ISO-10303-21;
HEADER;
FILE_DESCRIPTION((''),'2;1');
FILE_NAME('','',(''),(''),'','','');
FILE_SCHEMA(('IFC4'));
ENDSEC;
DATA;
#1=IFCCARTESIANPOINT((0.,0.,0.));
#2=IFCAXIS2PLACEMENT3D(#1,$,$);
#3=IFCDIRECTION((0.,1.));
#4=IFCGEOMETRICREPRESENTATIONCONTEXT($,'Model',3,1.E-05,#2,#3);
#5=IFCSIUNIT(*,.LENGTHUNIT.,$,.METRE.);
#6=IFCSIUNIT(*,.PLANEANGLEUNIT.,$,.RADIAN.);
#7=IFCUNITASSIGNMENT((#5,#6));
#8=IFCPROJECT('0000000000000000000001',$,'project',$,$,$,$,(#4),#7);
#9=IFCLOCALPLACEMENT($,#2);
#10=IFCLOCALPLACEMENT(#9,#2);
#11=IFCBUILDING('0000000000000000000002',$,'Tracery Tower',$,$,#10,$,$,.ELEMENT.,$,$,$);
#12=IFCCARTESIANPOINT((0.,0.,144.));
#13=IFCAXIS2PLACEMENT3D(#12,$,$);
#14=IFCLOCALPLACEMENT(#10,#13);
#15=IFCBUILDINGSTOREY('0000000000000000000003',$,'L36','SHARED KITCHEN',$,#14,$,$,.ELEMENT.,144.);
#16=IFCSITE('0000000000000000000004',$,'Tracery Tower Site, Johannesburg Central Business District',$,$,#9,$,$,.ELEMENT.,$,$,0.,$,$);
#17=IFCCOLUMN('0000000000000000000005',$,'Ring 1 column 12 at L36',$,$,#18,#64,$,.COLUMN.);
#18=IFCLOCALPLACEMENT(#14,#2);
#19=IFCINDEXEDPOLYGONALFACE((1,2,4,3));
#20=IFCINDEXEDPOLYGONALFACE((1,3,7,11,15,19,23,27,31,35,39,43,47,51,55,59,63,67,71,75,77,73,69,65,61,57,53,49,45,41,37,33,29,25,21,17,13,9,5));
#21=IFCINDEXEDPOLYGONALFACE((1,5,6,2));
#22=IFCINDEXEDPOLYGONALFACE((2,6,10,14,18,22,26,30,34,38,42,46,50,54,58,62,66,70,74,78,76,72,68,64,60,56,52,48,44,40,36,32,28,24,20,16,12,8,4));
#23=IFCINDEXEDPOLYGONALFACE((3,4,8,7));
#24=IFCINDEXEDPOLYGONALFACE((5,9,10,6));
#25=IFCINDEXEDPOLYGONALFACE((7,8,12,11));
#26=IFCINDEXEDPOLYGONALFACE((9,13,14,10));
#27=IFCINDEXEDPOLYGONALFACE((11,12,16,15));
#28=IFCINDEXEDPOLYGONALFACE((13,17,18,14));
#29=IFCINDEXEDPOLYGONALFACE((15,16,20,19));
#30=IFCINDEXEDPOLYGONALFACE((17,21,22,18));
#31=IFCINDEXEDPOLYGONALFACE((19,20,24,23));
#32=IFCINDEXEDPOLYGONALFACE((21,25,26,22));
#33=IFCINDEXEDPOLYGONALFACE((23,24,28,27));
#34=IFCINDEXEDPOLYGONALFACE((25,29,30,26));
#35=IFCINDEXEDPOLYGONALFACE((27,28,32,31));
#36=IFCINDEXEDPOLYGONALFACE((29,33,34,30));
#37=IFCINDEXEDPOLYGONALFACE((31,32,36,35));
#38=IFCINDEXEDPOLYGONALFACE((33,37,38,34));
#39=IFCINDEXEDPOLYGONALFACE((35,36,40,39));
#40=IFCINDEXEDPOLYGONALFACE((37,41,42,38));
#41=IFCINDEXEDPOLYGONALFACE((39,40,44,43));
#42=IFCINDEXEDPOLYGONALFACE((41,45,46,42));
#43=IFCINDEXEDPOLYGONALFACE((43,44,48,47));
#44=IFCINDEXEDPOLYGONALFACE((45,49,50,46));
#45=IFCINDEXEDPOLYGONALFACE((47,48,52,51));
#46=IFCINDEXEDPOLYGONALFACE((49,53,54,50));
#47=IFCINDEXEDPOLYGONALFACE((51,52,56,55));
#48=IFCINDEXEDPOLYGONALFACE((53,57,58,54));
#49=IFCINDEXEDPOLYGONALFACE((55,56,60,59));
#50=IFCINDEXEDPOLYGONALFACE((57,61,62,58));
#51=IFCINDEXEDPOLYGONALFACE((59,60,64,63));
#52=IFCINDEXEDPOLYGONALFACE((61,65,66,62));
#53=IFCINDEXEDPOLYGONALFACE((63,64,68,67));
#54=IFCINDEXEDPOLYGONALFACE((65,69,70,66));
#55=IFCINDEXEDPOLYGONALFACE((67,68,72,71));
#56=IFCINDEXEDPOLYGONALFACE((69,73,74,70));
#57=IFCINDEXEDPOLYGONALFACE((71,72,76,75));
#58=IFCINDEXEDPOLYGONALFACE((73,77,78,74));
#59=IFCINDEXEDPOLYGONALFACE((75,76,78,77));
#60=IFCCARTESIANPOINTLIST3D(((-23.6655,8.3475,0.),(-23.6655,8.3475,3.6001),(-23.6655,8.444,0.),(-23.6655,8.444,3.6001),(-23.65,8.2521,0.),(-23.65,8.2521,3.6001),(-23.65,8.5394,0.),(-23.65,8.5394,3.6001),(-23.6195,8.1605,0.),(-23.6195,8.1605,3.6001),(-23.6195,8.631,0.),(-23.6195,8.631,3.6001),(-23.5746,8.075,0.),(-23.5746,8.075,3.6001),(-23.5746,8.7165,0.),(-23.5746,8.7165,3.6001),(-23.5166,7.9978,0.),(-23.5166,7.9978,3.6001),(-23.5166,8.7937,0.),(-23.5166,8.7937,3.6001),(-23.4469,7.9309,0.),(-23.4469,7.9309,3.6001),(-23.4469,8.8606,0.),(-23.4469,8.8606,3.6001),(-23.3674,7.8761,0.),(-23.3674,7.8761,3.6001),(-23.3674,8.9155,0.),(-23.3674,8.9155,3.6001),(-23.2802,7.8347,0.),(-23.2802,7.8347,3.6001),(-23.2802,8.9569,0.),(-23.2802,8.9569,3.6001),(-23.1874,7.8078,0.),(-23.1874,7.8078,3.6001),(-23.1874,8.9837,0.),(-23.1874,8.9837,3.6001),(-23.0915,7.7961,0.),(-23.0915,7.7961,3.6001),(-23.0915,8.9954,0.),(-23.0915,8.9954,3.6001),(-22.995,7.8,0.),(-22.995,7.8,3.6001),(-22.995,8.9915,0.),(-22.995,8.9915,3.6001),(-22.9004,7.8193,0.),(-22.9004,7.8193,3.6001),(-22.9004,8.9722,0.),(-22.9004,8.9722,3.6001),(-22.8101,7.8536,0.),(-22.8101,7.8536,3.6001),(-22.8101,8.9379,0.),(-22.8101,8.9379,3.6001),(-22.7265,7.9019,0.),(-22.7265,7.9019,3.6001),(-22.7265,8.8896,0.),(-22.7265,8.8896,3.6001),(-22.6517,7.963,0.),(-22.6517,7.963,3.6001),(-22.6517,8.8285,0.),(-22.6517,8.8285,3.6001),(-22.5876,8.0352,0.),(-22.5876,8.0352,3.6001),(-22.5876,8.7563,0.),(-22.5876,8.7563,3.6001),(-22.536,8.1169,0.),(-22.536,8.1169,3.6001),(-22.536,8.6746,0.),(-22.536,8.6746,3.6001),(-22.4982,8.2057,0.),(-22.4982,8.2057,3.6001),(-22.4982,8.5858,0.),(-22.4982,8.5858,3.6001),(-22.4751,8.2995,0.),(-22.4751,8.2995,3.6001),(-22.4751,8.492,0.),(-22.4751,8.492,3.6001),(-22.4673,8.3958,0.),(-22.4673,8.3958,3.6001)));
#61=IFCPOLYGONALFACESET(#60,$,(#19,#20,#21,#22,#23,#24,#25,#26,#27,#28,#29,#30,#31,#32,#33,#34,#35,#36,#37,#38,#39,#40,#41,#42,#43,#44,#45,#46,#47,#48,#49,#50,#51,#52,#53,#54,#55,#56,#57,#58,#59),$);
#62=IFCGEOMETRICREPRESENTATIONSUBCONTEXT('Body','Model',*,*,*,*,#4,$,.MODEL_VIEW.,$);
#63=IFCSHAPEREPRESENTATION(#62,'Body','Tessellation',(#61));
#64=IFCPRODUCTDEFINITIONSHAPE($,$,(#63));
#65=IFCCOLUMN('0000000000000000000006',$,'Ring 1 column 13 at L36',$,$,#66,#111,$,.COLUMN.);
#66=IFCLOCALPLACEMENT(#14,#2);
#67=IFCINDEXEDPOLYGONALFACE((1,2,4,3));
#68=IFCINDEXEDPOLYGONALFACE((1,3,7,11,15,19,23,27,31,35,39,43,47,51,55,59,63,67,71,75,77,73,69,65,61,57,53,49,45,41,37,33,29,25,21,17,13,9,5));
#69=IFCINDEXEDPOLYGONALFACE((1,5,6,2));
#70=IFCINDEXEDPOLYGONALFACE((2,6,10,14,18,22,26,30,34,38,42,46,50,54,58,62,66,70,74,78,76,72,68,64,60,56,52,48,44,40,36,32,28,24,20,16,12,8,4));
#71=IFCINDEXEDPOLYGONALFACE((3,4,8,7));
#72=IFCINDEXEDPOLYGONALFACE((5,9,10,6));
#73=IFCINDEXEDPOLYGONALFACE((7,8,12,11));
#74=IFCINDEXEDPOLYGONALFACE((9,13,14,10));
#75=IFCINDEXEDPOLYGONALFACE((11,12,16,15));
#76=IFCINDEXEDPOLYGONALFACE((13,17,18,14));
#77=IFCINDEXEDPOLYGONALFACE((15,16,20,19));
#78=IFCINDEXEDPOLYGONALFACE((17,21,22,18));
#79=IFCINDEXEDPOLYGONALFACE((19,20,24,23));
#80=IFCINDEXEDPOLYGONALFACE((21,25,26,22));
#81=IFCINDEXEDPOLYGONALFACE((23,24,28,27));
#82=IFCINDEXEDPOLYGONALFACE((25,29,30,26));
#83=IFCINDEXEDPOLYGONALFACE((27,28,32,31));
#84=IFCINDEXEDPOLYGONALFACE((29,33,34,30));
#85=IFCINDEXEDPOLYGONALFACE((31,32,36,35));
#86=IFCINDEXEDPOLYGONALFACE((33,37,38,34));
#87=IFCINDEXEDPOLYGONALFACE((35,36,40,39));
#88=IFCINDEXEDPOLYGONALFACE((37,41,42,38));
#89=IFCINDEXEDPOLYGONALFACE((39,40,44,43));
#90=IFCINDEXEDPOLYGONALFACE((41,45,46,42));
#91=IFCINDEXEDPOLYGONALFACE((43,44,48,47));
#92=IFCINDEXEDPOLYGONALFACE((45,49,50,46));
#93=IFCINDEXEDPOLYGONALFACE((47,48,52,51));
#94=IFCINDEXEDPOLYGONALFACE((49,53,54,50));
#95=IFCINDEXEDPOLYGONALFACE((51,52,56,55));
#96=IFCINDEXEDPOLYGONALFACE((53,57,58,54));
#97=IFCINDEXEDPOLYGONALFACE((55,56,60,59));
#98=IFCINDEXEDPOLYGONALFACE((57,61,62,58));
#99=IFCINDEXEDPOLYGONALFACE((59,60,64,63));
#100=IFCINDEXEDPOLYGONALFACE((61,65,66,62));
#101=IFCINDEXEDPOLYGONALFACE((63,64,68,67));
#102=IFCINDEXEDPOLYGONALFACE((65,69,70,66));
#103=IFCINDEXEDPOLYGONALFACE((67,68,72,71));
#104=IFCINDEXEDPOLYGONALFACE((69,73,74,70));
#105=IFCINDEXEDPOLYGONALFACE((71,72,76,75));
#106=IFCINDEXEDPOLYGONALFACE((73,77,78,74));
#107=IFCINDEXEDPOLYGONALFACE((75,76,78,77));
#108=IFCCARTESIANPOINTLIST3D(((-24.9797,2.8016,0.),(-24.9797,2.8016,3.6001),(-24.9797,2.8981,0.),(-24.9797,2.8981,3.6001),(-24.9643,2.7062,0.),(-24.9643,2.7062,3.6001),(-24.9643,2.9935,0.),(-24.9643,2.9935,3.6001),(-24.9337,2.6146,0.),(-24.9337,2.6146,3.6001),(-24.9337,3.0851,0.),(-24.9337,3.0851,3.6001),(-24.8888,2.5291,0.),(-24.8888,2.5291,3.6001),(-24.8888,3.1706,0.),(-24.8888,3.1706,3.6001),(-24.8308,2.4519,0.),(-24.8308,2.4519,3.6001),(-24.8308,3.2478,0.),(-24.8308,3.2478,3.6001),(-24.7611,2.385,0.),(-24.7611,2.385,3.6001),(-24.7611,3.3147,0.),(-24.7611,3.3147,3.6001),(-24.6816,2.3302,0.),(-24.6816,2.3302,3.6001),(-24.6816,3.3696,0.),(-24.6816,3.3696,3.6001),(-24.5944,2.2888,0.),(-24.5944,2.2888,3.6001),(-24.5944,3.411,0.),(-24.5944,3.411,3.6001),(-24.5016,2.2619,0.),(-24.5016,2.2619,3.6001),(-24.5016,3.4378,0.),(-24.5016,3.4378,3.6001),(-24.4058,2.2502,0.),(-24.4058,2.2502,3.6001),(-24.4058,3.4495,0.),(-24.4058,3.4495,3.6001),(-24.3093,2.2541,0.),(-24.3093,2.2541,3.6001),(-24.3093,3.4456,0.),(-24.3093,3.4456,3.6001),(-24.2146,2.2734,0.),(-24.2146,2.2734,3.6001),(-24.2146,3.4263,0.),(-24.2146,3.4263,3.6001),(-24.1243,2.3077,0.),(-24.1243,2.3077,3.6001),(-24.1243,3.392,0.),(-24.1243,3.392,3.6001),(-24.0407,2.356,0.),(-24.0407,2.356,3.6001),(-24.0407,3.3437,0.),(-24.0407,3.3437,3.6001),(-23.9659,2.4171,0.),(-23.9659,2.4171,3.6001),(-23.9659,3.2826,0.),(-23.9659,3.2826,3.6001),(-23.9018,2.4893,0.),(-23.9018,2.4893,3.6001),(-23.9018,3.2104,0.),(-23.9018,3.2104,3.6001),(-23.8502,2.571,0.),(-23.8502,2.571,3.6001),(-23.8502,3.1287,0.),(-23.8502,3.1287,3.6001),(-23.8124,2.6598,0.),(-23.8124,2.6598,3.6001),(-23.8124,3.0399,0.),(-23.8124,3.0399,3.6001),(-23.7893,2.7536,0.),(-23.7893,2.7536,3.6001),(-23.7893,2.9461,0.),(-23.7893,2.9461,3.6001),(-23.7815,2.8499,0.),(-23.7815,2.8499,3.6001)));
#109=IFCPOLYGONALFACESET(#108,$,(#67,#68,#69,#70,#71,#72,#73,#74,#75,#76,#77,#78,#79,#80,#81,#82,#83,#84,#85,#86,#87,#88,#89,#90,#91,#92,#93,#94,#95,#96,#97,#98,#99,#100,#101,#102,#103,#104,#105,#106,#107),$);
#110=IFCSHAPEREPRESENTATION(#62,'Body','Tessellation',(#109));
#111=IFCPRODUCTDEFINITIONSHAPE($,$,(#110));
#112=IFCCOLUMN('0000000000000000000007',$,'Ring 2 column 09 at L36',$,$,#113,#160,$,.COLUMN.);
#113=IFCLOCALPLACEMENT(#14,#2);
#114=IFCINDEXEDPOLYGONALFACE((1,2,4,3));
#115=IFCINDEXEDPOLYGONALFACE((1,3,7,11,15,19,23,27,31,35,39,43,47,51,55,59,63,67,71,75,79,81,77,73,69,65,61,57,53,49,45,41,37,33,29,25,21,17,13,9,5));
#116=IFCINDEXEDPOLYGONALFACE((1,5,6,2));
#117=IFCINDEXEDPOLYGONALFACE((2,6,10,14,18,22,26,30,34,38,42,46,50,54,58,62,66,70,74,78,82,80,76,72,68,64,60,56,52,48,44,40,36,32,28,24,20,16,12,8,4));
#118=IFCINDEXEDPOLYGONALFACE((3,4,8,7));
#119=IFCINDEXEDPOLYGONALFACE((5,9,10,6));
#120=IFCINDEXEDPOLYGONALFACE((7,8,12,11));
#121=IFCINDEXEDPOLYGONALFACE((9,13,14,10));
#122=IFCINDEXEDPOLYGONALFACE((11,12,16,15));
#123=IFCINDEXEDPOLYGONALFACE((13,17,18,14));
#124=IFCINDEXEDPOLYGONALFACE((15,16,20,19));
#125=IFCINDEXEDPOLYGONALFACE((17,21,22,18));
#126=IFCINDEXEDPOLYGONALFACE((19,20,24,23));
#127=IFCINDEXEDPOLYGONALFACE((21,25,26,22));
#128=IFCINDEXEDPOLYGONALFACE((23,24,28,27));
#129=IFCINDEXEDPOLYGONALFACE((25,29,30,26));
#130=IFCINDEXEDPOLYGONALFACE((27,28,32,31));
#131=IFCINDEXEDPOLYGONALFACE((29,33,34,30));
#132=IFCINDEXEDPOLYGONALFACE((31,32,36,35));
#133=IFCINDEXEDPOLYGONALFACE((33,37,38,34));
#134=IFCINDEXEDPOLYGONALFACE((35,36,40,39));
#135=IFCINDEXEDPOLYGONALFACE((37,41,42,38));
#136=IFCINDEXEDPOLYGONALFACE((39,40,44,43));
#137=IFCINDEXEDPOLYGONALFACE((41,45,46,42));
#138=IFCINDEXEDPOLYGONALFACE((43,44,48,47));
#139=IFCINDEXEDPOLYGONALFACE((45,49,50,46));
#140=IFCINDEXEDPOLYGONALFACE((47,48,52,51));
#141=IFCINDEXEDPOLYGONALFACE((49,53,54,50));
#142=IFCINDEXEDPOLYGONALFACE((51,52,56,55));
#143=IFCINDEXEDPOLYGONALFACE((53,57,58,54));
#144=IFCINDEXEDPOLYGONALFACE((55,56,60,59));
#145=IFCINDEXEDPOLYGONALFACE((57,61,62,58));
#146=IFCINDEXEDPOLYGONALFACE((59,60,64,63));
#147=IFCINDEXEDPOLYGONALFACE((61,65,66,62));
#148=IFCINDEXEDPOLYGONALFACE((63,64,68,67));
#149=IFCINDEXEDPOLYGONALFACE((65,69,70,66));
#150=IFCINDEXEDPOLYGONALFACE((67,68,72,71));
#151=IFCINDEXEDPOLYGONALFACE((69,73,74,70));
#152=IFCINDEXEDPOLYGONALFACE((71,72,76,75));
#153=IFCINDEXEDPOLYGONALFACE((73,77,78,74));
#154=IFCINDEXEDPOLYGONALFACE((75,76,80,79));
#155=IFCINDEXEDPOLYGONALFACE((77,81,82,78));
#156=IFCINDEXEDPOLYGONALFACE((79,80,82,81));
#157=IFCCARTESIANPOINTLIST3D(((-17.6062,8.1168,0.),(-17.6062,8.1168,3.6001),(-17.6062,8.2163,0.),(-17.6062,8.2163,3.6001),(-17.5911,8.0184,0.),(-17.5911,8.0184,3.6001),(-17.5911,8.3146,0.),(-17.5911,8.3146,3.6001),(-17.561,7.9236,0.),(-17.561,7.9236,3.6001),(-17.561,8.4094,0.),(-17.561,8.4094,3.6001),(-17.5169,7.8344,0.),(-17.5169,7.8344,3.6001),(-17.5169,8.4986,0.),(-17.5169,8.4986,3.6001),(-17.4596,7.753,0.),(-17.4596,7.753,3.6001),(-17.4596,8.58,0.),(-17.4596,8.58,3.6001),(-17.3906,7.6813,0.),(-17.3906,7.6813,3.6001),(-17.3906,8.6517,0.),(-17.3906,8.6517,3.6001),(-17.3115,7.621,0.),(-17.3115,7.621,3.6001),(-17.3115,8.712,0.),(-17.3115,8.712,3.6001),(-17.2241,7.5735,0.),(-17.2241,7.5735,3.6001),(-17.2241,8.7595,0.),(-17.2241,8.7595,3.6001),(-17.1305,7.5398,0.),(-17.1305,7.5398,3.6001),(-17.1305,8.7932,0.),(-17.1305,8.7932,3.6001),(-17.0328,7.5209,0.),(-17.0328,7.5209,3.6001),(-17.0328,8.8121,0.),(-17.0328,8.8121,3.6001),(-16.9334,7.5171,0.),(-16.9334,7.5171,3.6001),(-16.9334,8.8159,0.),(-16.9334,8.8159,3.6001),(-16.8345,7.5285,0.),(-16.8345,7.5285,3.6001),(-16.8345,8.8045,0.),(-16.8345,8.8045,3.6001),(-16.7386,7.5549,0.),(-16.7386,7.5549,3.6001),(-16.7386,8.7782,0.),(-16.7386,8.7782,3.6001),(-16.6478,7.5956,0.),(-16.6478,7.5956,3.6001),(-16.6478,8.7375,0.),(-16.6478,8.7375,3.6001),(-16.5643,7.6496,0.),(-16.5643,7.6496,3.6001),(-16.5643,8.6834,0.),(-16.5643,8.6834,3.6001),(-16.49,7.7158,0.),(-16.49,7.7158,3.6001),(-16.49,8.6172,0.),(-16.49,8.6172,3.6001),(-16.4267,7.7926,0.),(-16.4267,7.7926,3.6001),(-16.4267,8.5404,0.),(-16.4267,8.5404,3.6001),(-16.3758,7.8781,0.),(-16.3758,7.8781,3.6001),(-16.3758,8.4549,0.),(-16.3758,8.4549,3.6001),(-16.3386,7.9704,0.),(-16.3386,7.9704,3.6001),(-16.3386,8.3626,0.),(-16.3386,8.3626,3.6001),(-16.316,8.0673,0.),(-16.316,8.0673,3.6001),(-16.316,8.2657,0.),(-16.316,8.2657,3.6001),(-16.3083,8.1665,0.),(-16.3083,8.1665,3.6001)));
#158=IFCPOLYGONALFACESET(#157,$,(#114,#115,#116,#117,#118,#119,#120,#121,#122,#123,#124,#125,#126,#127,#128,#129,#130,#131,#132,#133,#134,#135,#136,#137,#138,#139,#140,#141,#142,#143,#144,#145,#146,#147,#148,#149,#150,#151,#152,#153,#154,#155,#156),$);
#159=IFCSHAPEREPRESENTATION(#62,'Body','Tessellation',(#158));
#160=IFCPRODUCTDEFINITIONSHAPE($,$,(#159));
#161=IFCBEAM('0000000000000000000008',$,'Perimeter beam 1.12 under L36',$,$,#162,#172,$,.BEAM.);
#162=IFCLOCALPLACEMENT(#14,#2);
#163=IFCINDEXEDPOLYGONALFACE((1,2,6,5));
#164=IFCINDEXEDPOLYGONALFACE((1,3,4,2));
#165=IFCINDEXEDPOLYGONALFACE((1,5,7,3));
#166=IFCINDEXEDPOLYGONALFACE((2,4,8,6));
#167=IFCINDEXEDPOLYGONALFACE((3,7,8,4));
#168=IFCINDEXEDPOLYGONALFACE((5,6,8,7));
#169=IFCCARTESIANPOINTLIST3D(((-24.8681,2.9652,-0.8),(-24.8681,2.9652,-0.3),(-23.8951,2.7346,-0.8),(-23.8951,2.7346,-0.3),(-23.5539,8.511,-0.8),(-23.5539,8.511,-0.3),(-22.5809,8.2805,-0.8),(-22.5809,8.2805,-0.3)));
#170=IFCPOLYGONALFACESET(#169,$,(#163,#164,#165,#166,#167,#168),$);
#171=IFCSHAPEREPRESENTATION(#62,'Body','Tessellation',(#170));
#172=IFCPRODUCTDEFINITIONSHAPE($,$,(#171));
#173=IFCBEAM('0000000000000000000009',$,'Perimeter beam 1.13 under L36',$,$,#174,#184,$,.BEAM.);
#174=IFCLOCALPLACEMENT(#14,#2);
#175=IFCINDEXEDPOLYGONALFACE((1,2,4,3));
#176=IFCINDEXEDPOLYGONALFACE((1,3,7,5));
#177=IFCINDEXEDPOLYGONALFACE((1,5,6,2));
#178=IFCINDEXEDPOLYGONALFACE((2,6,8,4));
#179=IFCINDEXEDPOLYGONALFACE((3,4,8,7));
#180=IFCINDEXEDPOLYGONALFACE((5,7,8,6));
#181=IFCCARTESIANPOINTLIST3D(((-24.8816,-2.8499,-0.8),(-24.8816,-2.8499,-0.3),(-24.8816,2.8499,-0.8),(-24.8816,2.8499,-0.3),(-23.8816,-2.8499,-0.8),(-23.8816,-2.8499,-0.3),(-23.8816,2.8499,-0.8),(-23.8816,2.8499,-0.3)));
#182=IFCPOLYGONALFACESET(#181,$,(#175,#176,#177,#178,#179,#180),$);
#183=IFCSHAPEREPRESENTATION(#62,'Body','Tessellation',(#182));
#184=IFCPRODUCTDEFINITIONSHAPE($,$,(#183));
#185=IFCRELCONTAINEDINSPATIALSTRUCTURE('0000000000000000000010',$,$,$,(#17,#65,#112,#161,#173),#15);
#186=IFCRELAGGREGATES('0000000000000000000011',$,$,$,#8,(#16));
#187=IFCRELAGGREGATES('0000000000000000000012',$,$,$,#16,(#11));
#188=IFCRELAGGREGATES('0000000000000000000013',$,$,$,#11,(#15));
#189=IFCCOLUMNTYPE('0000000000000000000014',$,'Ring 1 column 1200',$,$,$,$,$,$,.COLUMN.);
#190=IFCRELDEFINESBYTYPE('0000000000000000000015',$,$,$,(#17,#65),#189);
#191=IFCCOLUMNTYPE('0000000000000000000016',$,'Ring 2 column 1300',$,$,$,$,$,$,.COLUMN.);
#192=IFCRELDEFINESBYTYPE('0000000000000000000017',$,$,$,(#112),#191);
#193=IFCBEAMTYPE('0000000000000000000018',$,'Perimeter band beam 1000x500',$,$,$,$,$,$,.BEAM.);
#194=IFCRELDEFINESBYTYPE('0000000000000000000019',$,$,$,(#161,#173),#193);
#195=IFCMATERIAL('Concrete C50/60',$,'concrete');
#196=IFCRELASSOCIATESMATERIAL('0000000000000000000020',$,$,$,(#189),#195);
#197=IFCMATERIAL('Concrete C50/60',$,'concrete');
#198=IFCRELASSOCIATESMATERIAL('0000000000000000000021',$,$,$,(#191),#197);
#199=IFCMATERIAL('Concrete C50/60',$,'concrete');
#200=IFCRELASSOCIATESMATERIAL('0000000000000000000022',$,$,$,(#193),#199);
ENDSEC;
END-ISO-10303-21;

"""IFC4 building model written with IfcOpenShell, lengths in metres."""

from ifc_helpers import new_model, si_unit, direction, frame, origin, origin_2d, place, context, subcontext, project, spatial, rectangle, circle, extrude, material, material_profile, profile_set, type_object, element, save


model = new_model("IFC4")

# Units and contexts
model_context = context("Model", 3, precision=1e-05, world=origin(), true_north=direction((0.0, 1.0)))
body_context = subcontext(model_context, "Body", "Model", "MODEL_VIEW")
ifc_project = project(units=[si_unit("LENGTHUNIT", "METRE"), si_unit("PLANEANGLEUNIT", "RADIAN")], contexts=[model_context])

# Site, building, storey
site_placement = place(None, origin())
site = spatial("IfcSite", under=ifc_project, at=site_placement, Name="Tracery Tower Site, Johannesburg Central Business District", CompositionType="ELEMENT", RefElevation=0.0)
building_placement = place(site_placement, origin())
building = spatial("IfcBuilding", under=site, at=building_placement, Name="Tracery Tower", CompositionType="ELEMENT")
storey_placement = place(building_placement, frame((0.0, 0.0, 144.0)))
storey = spatial("IfcBuildingStorey", under=building, at=storey_placement, Name="L36", Description="SHARED KITCHEN", CompositionType="ELEMENT", Elevation=144.0)

# Columns
ifc_material_1 = material(Name="Concrete C50/60", Category="concrete")
ifc_material_profile_1 = material_profile(ifc_material_1, circle(Radius=0.6001, at=origin_2d()), Name="RC D1200")
ifc_profile_set_1 = profile_set([ifc_material_profile_1], Name="Concrete C50/60")
column_type_1 = type_object("IfcColumnType", Name="Ring 1 column 1200", PredefinedType="COLUMN", material=ifc_profile_set_1)
for number, where, z_axis, x_axis, name in (
    (1, (-23.0674, 8.3958, 0.0), (0.0, 0.0, 1.0), (1.0, 0.0, 0.0), "Ring 1 column 12 at L36"),
    (2, (-24.3816, 2.8499, 0.0), (0.0, 0.0, 1.0), (1.0, 0.0, 0.0), "Ring 1 column 13 at L36"),
):
    element("IfcColumn", number, at=place(storey_placement, frame(where, z_axis=z_axis, x_axis=x_axis)), inside=storey, type_object=column_type_1, Name=name, PredefinedType="COLUMN", context=body_context, shape_type="SweptSolid", body=[
        extrude(circle(Radius=0.6001, at=origin_2d()), origin(), (0.0, 0.0, 1.0), 3.6001),
    ])
ifc_material_2 = material(Name="Concrete C50/60", Category="concrete")
ifc_material_profile_2 = material_profile(ifc_material_2, circle(Radius=0.6499, at=origin_2d()), Name="RC D1300")
ifc_profile_set_2 = profile_set([ifc_material_profile_2], Name="Concrete C50/60")
column_type_2 = type_object("IfcColumnType", Name="Ring 2 column 1300", PredefinedType="COLUMN", material=ifc_profile_set_2)
column_placement = place(storey_placement, frame((-16.9583, 8.1665, 0.0), z_axis=(0.0, 0.0, 1.0), x_axis=(1.0, 0.0, 0.0)))
element("IfcColumn", 3, at=column_placement, inside=storey, type_object=column_type_2, Name="Ring 2 column 09 at L36", PredefinedType="COLUMN", context=body_context, shape_type="SweptSolid", body=[
    extrude(circle(Radius=0.6499, at=origin_2d()), origin(), (0.0, 0.0, 1.0), 3.6001),
])

# Beams
ifc_material_3 = material(Name="Concrete C50/60", Category="concrete")
ifc_material_profile_3 = material_profile(ifc_material_3, rectangle(XDim=1.0, YDim=0.5, at=origin_2d()), Name="RC 1000x500")
ifc_profile_set_3 = profile_set([ifc_material_profile_3], Name="Concrete C50/60")
beam_type = type_object("IfcBeamType", Name="Perimeter band beam 1000x500", PredefinedType="BEAM", material=ifc_profile_set_3)
beam_1_placement = place(storey_placement, frame((-23.0674, 8.3958, -0.55), z_axis=(-0.230584, -0.973052, 0.0), x_axis=(0.973052, -0.230584, 0.0)))
element("IfcBeam", 4, at=beam_1_placement, inside=storey, type_object=beam_type, Name="Perimeter beam 1.12 under L36", PredefinedType="BEAM", context=body_context, shape_type="SweptSolid", body=[
    extrude(rectangle(XDim=1.0, YDim=0.5, at=origin_2d()), origin(), (0.0, 0.0, 1.0), 5.6995),
])
beam_2_placement = place(storey_placement, frame((-24.3816, 2.8499, -0.55), z_axis=(0.0, -1.0, 0.0), x_axis=(1.0, 0.0, 0.0)))
element("IfcBeam", 5, at=beam_2_placement, inside=storey, type_object=beam_type, Name="Perimeter beam 1.13 under L36", PredefinedType="BEAM", context=body_context, shape_type="SweptSolid", body=[
    extrude(rectangle(XDim=1.0, YDim=0.5, at=origin_2d()), origin(), (0.0, 0.0, 1.0), 5.6997),
])

save(model, "model.ifc")
